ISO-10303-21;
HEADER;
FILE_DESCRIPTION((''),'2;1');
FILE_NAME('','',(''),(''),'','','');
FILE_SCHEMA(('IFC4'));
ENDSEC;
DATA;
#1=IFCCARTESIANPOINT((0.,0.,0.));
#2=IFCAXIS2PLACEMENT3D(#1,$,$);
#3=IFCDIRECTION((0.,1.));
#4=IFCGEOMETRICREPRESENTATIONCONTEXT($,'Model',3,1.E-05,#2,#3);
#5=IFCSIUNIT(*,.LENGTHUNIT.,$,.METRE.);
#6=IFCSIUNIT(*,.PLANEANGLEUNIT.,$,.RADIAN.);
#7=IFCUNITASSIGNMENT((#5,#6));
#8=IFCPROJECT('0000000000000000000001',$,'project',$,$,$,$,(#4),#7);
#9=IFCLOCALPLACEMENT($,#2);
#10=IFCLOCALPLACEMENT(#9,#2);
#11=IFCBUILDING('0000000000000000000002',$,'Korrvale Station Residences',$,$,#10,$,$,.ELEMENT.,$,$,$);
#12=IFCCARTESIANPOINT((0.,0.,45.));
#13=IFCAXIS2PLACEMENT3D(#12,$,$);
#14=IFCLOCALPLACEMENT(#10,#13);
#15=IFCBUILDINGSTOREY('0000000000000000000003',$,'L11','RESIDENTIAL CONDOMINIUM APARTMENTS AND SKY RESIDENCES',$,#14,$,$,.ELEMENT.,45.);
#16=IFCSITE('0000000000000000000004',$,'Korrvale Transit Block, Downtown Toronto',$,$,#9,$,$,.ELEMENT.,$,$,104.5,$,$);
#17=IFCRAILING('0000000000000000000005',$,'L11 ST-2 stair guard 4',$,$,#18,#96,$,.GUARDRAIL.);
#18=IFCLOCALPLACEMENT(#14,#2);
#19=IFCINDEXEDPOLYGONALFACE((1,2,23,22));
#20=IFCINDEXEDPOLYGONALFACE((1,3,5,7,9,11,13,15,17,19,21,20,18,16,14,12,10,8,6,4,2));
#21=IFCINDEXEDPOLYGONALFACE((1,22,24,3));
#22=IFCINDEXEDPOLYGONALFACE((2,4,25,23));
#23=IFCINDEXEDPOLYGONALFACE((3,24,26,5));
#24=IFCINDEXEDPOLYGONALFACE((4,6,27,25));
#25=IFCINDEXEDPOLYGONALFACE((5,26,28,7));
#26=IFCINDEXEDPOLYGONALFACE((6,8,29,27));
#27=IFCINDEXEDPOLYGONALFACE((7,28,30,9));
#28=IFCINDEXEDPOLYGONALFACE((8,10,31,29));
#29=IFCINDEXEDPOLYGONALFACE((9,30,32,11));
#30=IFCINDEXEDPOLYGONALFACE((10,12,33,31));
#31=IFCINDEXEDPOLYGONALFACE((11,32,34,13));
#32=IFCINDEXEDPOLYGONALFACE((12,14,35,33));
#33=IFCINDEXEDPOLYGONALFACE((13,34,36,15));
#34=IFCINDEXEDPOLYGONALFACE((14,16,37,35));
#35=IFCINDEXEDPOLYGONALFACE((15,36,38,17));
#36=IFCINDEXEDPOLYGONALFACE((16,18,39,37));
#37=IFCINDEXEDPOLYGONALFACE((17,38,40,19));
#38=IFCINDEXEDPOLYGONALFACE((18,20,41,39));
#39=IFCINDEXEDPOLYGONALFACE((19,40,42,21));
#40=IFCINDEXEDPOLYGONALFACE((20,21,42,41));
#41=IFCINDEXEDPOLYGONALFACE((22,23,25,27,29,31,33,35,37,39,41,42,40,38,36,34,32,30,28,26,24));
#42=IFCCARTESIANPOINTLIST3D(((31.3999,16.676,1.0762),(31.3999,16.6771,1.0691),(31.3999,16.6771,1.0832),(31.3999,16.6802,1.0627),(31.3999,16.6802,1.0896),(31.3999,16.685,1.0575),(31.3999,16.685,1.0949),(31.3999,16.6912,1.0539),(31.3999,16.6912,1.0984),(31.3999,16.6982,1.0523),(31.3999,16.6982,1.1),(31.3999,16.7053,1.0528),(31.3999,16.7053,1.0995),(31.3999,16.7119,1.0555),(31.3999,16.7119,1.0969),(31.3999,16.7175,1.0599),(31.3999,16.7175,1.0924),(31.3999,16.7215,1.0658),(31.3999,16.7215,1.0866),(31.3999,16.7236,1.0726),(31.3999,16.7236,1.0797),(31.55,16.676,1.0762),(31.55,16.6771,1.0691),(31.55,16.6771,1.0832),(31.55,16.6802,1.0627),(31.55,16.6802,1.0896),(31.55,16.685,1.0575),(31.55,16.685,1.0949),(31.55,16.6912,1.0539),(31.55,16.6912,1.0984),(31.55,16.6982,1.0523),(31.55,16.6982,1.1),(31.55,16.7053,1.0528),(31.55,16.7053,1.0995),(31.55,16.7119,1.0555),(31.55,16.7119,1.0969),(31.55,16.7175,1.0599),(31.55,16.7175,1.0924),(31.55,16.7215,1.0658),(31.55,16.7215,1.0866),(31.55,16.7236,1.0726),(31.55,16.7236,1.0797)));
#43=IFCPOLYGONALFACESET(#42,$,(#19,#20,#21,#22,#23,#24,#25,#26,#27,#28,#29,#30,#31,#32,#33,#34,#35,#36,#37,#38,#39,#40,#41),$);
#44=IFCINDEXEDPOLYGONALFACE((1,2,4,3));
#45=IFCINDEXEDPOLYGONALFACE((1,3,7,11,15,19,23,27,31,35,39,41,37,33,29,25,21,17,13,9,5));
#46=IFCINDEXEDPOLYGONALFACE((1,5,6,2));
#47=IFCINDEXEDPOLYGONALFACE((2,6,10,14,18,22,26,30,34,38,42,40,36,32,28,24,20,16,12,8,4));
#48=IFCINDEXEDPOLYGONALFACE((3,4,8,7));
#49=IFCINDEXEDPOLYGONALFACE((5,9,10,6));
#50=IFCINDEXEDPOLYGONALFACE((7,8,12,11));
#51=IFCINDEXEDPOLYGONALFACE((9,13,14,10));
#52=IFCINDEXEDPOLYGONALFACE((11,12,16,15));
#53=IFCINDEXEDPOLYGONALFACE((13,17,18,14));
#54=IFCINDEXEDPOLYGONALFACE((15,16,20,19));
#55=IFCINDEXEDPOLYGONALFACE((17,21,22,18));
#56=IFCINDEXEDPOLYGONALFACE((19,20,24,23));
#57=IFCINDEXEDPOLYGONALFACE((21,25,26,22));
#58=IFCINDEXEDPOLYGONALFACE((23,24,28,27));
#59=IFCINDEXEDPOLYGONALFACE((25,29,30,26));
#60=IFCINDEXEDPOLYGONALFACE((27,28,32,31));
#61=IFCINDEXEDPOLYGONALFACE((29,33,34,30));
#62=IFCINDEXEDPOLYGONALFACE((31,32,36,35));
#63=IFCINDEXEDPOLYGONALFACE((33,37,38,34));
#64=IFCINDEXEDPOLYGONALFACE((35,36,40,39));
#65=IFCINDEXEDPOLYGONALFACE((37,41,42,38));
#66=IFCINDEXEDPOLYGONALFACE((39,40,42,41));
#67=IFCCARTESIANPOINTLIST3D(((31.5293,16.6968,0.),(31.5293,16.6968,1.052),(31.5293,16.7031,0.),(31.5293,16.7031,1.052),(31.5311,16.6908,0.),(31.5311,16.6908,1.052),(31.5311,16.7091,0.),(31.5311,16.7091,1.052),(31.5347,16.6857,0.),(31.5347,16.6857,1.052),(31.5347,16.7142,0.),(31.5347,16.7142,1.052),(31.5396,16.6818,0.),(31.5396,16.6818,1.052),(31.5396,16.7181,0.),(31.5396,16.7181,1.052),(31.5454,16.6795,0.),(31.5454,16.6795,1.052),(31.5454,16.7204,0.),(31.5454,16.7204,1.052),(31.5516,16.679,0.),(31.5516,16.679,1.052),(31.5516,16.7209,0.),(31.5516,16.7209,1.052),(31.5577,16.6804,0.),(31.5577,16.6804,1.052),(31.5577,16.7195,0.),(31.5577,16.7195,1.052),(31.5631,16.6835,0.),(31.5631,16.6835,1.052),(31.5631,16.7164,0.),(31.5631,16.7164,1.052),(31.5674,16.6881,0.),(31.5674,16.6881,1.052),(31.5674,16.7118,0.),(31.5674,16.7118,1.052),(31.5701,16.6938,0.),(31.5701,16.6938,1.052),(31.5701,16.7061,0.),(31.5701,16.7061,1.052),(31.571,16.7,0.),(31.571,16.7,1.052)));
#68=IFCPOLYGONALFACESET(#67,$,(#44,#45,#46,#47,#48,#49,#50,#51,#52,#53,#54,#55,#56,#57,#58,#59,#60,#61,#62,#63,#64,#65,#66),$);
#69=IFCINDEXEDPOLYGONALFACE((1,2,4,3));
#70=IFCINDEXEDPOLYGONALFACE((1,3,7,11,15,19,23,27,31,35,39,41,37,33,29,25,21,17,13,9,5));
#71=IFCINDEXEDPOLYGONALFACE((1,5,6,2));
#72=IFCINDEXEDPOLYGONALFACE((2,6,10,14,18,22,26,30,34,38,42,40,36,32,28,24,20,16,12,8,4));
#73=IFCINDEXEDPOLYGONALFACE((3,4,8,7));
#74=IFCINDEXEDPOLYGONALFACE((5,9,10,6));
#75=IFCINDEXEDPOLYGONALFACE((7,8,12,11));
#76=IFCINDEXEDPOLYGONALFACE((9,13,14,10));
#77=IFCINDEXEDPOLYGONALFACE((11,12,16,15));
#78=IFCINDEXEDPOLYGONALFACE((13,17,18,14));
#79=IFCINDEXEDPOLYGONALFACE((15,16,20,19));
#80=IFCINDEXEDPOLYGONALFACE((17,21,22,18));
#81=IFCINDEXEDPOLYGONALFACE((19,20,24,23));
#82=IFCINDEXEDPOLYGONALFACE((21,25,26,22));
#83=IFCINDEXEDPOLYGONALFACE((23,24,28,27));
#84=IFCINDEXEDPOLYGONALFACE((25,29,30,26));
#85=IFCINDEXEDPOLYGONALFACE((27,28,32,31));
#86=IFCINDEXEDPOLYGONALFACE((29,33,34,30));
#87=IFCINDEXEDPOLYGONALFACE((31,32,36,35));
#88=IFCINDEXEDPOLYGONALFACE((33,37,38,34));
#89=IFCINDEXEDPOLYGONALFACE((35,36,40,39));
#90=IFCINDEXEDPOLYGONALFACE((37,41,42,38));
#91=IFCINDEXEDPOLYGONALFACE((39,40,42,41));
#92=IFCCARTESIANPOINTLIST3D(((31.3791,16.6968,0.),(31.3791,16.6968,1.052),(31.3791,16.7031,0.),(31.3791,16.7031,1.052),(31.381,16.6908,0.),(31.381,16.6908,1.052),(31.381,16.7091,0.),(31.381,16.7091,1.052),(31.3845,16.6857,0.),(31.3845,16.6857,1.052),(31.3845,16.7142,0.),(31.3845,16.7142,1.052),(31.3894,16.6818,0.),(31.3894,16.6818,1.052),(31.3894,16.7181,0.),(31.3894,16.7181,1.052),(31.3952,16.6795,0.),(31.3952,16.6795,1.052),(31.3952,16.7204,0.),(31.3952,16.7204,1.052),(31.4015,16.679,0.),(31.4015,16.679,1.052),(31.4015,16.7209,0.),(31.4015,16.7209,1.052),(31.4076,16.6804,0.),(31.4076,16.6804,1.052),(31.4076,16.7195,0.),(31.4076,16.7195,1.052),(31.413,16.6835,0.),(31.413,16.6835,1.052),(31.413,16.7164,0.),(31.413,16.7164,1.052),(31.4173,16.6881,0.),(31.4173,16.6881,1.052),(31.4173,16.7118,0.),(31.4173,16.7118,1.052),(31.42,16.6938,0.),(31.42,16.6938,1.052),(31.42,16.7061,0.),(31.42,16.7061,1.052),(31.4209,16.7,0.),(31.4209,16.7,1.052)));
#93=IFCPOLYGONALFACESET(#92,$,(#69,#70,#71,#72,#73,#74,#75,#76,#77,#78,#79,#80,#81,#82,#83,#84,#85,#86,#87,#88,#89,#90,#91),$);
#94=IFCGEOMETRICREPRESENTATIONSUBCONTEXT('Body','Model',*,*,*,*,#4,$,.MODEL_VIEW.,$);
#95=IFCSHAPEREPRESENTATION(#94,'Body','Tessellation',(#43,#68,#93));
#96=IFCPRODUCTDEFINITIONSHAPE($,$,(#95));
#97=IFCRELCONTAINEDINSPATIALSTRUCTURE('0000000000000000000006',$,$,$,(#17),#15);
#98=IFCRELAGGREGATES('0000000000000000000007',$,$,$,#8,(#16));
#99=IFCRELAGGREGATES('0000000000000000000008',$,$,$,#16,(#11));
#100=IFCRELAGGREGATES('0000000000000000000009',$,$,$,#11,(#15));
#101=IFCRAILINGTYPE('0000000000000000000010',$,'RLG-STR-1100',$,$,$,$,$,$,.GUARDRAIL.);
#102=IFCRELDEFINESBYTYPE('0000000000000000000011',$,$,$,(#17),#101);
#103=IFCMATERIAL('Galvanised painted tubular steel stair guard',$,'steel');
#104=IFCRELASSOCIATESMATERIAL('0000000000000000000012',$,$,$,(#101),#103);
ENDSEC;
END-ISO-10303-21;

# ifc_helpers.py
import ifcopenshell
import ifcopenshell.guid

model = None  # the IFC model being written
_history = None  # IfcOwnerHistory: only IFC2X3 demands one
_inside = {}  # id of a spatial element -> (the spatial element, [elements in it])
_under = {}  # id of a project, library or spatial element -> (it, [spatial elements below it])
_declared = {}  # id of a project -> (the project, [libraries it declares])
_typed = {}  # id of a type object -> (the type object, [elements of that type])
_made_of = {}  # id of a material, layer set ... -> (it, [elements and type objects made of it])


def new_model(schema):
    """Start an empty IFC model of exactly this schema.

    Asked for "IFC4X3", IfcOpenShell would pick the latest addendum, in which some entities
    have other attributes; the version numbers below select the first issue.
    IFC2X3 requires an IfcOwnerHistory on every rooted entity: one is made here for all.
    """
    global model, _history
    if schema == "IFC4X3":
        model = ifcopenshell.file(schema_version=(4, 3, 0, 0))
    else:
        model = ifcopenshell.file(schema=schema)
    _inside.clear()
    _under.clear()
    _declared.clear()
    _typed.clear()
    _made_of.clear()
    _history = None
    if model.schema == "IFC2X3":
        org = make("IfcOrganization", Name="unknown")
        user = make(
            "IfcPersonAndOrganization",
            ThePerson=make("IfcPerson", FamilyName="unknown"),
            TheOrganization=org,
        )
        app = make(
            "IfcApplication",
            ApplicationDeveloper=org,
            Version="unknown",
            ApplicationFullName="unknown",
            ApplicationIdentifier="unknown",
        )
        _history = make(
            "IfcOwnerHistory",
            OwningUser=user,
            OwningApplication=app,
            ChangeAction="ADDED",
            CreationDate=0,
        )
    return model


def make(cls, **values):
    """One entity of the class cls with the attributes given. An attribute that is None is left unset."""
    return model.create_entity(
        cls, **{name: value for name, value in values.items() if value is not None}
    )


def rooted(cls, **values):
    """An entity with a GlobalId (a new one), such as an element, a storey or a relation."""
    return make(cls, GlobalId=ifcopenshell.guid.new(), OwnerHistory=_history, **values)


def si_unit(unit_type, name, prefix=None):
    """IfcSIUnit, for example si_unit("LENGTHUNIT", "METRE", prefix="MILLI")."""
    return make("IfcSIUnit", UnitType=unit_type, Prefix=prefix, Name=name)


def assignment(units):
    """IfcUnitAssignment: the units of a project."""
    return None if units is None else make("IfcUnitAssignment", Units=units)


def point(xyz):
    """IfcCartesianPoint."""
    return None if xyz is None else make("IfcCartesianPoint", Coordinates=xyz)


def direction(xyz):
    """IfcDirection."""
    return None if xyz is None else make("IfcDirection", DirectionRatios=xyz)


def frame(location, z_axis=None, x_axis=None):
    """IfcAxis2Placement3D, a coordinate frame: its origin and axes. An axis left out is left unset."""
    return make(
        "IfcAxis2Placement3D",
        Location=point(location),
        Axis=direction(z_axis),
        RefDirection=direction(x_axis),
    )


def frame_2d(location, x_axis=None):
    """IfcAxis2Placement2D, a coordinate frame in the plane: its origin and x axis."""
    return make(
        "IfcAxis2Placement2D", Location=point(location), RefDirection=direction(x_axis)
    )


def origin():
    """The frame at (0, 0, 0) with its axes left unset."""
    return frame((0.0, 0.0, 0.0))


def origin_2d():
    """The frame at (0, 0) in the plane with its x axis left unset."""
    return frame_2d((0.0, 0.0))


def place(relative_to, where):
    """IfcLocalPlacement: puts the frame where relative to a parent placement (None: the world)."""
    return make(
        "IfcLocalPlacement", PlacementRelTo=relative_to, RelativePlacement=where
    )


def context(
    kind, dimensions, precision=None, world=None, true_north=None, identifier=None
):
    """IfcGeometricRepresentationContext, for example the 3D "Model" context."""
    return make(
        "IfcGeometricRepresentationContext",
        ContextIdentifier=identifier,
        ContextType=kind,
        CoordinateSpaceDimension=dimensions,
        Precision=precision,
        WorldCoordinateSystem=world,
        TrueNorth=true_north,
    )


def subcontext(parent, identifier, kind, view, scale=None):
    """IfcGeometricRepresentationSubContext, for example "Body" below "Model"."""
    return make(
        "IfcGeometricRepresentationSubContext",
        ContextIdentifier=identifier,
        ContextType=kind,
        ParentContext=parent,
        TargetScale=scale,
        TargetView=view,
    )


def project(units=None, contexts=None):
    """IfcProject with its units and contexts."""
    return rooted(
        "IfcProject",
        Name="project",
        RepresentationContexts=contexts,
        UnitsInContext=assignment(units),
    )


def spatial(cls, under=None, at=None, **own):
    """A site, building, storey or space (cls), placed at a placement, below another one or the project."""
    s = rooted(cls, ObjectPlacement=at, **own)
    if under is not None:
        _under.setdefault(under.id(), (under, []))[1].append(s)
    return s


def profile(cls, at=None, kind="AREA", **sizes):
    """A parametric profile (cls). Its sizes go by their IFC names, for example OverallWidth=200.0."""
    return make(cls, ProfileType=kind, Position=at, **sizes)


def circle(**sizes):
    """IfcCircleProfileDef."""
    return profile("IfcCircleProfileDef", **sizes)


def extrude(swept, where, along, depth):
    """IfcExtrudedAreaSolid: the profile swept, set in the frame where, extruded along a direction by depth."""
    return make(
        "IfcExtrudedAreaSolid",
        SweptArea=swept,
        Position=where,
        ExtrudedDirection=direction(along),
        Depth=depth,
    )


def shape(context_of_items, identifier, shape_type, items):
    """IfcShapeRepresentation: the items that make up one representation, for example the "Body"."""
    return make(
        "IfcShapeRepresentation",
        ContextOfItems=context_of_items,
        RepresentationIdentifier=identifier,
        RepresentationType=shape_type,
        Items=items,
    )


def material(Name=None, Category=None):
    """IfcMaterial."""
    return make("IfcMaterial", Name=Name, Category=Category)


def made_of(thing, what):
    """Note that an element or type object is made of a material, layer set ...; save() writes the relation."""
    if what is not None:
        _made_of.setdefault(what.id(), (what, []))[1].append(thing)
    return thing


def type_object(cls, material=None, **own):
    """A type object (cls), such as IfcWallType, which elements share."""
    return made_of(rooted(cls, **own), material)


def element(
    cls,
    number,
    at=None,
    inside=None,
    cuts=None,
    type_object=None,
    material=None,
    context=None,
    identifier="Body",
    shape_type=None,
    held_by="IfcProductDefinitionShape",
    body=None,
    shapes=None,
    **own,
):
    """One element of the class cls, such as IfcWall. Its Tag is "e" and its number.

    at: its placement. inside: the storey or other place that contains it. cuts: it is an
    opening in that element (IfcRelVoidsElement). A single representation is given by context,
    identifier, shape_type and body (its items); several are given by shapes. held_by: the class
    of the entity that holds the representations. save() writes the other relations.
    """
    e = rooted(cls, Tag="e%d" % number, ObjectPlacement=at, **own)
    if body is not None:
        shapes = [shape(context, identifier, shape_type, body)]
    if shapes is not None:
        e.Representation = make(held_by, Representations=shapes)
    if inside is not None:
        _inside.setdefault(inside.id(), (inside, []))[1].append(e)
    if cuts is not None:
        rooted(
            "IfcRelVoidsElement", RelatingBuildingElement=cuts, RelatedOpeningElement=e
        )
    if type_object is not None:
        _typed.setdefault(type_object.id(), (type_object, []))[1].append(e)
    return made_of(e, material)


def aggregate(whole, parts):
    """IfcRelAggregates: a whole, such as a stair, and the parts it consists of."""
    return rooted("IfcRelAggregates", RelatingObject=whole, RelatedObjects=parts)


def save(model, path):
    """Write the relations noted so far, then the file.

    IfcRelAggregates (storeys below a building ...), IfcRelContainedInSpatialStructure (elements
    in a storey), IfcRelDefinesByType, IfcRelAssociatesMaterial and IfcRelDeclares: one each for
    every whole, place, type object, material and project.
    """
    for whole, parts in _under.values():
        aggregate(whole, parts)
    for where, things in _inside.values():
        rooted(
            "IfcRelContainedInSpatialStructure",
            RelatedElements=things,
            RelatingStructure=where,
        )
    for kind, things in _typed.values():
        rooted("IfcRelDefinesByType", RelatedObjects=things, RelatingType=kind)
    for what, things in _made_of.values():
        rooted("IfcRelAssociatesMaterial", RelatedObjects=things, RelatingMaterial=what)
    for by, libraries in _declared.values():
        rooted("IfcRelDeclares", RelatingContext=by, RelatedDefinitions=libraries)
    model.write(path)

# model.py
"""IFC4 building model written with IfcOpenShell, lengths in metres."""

from ifc_helpers import new_model, si_unit, direction, frame, origin, origin_2d, place, context, subcontext, project, spatial, circle, extrude, material, type_object, element, save


model = new_model("IFC4")

# Units and contexts
model_context = context("Model", 3, precision=1e-05, world=origin(), true_north=direction((0.0, 1.0)))
body_context = subcontext(model_context, "Body", "Model", "MODEL_VIEW")
ifc_project = project(units=[si_unit("LENGTHUNIT", "METRE"), si_unit("PLANEANGLEUNIT", "RADIAN")], contexts=[model_context])

# Site, building, storey
site_placement = place(None, origin())
site = spatial("IfcSite", under=ifc_project, at=site_placement, Name="Korrvale Transit Block, Downtown Toronto", CompositionType="ELEMENT", RefElevation=104.5)
building_placement = place(site_placement, origin())
building = spatial("IfcBuilding", under=site, at=building_placement, Name="Korrvale Station Residences", CompositionType="ELEMENT")
storey_placement = place(building_placement, frame((0.0, 0.0, 45.0)))
storey = spatial("IfcBuildingStorey", under=building, at=storey_placement, Name="L11", Description="RESIDENTIAL CONDOMINIUM APARTMENTS AND SKY RESIDENCES", CompositionType="ELEMENT", Elevation=45.0)

# Railing
ifc_material_1 = material(Name="Galvanised painted tubular steel stair guard", Category="steel")
railing_type_1 = type_object("IfcRailingType", Name="RLG-STR-1100", PredefinedType="GUARDRAIL", material=ifc_material_1)
railing_1_placement = place(storey_placement, frame((31.55, 16.7, 0.0)))
element("IfcRailing", 1, at=railing_1_placement, inside=storey, type_object=railing_type_1, Name="L11 ST-2 stair guard 4", PredefinedType="GUARDRAIL", context=body_context, shape_type="SweptSolid", body=[
    extrude(circle(Radius=0.0239, at=origin_2d()), frame((0.0, 0.0, 1.0762), z_axis=(-1.0, 0.0, 0.0), x_axis=(0.0, -1.0, 0.0)), (0.0, 0.0, 1.0), 0.1501),
    extrude(circle(Radius=0.021, at=origin_2d()), origin(), (0.0, 0.0, 1.0), 1.052),
    extrude(circle(Radius=0.021, at=origin_2d()), frame((-0.1501, 0.0, 0.0)), (0.0, 0.0, 1.0), 1.052),
])

save(model, "model.ifc")
